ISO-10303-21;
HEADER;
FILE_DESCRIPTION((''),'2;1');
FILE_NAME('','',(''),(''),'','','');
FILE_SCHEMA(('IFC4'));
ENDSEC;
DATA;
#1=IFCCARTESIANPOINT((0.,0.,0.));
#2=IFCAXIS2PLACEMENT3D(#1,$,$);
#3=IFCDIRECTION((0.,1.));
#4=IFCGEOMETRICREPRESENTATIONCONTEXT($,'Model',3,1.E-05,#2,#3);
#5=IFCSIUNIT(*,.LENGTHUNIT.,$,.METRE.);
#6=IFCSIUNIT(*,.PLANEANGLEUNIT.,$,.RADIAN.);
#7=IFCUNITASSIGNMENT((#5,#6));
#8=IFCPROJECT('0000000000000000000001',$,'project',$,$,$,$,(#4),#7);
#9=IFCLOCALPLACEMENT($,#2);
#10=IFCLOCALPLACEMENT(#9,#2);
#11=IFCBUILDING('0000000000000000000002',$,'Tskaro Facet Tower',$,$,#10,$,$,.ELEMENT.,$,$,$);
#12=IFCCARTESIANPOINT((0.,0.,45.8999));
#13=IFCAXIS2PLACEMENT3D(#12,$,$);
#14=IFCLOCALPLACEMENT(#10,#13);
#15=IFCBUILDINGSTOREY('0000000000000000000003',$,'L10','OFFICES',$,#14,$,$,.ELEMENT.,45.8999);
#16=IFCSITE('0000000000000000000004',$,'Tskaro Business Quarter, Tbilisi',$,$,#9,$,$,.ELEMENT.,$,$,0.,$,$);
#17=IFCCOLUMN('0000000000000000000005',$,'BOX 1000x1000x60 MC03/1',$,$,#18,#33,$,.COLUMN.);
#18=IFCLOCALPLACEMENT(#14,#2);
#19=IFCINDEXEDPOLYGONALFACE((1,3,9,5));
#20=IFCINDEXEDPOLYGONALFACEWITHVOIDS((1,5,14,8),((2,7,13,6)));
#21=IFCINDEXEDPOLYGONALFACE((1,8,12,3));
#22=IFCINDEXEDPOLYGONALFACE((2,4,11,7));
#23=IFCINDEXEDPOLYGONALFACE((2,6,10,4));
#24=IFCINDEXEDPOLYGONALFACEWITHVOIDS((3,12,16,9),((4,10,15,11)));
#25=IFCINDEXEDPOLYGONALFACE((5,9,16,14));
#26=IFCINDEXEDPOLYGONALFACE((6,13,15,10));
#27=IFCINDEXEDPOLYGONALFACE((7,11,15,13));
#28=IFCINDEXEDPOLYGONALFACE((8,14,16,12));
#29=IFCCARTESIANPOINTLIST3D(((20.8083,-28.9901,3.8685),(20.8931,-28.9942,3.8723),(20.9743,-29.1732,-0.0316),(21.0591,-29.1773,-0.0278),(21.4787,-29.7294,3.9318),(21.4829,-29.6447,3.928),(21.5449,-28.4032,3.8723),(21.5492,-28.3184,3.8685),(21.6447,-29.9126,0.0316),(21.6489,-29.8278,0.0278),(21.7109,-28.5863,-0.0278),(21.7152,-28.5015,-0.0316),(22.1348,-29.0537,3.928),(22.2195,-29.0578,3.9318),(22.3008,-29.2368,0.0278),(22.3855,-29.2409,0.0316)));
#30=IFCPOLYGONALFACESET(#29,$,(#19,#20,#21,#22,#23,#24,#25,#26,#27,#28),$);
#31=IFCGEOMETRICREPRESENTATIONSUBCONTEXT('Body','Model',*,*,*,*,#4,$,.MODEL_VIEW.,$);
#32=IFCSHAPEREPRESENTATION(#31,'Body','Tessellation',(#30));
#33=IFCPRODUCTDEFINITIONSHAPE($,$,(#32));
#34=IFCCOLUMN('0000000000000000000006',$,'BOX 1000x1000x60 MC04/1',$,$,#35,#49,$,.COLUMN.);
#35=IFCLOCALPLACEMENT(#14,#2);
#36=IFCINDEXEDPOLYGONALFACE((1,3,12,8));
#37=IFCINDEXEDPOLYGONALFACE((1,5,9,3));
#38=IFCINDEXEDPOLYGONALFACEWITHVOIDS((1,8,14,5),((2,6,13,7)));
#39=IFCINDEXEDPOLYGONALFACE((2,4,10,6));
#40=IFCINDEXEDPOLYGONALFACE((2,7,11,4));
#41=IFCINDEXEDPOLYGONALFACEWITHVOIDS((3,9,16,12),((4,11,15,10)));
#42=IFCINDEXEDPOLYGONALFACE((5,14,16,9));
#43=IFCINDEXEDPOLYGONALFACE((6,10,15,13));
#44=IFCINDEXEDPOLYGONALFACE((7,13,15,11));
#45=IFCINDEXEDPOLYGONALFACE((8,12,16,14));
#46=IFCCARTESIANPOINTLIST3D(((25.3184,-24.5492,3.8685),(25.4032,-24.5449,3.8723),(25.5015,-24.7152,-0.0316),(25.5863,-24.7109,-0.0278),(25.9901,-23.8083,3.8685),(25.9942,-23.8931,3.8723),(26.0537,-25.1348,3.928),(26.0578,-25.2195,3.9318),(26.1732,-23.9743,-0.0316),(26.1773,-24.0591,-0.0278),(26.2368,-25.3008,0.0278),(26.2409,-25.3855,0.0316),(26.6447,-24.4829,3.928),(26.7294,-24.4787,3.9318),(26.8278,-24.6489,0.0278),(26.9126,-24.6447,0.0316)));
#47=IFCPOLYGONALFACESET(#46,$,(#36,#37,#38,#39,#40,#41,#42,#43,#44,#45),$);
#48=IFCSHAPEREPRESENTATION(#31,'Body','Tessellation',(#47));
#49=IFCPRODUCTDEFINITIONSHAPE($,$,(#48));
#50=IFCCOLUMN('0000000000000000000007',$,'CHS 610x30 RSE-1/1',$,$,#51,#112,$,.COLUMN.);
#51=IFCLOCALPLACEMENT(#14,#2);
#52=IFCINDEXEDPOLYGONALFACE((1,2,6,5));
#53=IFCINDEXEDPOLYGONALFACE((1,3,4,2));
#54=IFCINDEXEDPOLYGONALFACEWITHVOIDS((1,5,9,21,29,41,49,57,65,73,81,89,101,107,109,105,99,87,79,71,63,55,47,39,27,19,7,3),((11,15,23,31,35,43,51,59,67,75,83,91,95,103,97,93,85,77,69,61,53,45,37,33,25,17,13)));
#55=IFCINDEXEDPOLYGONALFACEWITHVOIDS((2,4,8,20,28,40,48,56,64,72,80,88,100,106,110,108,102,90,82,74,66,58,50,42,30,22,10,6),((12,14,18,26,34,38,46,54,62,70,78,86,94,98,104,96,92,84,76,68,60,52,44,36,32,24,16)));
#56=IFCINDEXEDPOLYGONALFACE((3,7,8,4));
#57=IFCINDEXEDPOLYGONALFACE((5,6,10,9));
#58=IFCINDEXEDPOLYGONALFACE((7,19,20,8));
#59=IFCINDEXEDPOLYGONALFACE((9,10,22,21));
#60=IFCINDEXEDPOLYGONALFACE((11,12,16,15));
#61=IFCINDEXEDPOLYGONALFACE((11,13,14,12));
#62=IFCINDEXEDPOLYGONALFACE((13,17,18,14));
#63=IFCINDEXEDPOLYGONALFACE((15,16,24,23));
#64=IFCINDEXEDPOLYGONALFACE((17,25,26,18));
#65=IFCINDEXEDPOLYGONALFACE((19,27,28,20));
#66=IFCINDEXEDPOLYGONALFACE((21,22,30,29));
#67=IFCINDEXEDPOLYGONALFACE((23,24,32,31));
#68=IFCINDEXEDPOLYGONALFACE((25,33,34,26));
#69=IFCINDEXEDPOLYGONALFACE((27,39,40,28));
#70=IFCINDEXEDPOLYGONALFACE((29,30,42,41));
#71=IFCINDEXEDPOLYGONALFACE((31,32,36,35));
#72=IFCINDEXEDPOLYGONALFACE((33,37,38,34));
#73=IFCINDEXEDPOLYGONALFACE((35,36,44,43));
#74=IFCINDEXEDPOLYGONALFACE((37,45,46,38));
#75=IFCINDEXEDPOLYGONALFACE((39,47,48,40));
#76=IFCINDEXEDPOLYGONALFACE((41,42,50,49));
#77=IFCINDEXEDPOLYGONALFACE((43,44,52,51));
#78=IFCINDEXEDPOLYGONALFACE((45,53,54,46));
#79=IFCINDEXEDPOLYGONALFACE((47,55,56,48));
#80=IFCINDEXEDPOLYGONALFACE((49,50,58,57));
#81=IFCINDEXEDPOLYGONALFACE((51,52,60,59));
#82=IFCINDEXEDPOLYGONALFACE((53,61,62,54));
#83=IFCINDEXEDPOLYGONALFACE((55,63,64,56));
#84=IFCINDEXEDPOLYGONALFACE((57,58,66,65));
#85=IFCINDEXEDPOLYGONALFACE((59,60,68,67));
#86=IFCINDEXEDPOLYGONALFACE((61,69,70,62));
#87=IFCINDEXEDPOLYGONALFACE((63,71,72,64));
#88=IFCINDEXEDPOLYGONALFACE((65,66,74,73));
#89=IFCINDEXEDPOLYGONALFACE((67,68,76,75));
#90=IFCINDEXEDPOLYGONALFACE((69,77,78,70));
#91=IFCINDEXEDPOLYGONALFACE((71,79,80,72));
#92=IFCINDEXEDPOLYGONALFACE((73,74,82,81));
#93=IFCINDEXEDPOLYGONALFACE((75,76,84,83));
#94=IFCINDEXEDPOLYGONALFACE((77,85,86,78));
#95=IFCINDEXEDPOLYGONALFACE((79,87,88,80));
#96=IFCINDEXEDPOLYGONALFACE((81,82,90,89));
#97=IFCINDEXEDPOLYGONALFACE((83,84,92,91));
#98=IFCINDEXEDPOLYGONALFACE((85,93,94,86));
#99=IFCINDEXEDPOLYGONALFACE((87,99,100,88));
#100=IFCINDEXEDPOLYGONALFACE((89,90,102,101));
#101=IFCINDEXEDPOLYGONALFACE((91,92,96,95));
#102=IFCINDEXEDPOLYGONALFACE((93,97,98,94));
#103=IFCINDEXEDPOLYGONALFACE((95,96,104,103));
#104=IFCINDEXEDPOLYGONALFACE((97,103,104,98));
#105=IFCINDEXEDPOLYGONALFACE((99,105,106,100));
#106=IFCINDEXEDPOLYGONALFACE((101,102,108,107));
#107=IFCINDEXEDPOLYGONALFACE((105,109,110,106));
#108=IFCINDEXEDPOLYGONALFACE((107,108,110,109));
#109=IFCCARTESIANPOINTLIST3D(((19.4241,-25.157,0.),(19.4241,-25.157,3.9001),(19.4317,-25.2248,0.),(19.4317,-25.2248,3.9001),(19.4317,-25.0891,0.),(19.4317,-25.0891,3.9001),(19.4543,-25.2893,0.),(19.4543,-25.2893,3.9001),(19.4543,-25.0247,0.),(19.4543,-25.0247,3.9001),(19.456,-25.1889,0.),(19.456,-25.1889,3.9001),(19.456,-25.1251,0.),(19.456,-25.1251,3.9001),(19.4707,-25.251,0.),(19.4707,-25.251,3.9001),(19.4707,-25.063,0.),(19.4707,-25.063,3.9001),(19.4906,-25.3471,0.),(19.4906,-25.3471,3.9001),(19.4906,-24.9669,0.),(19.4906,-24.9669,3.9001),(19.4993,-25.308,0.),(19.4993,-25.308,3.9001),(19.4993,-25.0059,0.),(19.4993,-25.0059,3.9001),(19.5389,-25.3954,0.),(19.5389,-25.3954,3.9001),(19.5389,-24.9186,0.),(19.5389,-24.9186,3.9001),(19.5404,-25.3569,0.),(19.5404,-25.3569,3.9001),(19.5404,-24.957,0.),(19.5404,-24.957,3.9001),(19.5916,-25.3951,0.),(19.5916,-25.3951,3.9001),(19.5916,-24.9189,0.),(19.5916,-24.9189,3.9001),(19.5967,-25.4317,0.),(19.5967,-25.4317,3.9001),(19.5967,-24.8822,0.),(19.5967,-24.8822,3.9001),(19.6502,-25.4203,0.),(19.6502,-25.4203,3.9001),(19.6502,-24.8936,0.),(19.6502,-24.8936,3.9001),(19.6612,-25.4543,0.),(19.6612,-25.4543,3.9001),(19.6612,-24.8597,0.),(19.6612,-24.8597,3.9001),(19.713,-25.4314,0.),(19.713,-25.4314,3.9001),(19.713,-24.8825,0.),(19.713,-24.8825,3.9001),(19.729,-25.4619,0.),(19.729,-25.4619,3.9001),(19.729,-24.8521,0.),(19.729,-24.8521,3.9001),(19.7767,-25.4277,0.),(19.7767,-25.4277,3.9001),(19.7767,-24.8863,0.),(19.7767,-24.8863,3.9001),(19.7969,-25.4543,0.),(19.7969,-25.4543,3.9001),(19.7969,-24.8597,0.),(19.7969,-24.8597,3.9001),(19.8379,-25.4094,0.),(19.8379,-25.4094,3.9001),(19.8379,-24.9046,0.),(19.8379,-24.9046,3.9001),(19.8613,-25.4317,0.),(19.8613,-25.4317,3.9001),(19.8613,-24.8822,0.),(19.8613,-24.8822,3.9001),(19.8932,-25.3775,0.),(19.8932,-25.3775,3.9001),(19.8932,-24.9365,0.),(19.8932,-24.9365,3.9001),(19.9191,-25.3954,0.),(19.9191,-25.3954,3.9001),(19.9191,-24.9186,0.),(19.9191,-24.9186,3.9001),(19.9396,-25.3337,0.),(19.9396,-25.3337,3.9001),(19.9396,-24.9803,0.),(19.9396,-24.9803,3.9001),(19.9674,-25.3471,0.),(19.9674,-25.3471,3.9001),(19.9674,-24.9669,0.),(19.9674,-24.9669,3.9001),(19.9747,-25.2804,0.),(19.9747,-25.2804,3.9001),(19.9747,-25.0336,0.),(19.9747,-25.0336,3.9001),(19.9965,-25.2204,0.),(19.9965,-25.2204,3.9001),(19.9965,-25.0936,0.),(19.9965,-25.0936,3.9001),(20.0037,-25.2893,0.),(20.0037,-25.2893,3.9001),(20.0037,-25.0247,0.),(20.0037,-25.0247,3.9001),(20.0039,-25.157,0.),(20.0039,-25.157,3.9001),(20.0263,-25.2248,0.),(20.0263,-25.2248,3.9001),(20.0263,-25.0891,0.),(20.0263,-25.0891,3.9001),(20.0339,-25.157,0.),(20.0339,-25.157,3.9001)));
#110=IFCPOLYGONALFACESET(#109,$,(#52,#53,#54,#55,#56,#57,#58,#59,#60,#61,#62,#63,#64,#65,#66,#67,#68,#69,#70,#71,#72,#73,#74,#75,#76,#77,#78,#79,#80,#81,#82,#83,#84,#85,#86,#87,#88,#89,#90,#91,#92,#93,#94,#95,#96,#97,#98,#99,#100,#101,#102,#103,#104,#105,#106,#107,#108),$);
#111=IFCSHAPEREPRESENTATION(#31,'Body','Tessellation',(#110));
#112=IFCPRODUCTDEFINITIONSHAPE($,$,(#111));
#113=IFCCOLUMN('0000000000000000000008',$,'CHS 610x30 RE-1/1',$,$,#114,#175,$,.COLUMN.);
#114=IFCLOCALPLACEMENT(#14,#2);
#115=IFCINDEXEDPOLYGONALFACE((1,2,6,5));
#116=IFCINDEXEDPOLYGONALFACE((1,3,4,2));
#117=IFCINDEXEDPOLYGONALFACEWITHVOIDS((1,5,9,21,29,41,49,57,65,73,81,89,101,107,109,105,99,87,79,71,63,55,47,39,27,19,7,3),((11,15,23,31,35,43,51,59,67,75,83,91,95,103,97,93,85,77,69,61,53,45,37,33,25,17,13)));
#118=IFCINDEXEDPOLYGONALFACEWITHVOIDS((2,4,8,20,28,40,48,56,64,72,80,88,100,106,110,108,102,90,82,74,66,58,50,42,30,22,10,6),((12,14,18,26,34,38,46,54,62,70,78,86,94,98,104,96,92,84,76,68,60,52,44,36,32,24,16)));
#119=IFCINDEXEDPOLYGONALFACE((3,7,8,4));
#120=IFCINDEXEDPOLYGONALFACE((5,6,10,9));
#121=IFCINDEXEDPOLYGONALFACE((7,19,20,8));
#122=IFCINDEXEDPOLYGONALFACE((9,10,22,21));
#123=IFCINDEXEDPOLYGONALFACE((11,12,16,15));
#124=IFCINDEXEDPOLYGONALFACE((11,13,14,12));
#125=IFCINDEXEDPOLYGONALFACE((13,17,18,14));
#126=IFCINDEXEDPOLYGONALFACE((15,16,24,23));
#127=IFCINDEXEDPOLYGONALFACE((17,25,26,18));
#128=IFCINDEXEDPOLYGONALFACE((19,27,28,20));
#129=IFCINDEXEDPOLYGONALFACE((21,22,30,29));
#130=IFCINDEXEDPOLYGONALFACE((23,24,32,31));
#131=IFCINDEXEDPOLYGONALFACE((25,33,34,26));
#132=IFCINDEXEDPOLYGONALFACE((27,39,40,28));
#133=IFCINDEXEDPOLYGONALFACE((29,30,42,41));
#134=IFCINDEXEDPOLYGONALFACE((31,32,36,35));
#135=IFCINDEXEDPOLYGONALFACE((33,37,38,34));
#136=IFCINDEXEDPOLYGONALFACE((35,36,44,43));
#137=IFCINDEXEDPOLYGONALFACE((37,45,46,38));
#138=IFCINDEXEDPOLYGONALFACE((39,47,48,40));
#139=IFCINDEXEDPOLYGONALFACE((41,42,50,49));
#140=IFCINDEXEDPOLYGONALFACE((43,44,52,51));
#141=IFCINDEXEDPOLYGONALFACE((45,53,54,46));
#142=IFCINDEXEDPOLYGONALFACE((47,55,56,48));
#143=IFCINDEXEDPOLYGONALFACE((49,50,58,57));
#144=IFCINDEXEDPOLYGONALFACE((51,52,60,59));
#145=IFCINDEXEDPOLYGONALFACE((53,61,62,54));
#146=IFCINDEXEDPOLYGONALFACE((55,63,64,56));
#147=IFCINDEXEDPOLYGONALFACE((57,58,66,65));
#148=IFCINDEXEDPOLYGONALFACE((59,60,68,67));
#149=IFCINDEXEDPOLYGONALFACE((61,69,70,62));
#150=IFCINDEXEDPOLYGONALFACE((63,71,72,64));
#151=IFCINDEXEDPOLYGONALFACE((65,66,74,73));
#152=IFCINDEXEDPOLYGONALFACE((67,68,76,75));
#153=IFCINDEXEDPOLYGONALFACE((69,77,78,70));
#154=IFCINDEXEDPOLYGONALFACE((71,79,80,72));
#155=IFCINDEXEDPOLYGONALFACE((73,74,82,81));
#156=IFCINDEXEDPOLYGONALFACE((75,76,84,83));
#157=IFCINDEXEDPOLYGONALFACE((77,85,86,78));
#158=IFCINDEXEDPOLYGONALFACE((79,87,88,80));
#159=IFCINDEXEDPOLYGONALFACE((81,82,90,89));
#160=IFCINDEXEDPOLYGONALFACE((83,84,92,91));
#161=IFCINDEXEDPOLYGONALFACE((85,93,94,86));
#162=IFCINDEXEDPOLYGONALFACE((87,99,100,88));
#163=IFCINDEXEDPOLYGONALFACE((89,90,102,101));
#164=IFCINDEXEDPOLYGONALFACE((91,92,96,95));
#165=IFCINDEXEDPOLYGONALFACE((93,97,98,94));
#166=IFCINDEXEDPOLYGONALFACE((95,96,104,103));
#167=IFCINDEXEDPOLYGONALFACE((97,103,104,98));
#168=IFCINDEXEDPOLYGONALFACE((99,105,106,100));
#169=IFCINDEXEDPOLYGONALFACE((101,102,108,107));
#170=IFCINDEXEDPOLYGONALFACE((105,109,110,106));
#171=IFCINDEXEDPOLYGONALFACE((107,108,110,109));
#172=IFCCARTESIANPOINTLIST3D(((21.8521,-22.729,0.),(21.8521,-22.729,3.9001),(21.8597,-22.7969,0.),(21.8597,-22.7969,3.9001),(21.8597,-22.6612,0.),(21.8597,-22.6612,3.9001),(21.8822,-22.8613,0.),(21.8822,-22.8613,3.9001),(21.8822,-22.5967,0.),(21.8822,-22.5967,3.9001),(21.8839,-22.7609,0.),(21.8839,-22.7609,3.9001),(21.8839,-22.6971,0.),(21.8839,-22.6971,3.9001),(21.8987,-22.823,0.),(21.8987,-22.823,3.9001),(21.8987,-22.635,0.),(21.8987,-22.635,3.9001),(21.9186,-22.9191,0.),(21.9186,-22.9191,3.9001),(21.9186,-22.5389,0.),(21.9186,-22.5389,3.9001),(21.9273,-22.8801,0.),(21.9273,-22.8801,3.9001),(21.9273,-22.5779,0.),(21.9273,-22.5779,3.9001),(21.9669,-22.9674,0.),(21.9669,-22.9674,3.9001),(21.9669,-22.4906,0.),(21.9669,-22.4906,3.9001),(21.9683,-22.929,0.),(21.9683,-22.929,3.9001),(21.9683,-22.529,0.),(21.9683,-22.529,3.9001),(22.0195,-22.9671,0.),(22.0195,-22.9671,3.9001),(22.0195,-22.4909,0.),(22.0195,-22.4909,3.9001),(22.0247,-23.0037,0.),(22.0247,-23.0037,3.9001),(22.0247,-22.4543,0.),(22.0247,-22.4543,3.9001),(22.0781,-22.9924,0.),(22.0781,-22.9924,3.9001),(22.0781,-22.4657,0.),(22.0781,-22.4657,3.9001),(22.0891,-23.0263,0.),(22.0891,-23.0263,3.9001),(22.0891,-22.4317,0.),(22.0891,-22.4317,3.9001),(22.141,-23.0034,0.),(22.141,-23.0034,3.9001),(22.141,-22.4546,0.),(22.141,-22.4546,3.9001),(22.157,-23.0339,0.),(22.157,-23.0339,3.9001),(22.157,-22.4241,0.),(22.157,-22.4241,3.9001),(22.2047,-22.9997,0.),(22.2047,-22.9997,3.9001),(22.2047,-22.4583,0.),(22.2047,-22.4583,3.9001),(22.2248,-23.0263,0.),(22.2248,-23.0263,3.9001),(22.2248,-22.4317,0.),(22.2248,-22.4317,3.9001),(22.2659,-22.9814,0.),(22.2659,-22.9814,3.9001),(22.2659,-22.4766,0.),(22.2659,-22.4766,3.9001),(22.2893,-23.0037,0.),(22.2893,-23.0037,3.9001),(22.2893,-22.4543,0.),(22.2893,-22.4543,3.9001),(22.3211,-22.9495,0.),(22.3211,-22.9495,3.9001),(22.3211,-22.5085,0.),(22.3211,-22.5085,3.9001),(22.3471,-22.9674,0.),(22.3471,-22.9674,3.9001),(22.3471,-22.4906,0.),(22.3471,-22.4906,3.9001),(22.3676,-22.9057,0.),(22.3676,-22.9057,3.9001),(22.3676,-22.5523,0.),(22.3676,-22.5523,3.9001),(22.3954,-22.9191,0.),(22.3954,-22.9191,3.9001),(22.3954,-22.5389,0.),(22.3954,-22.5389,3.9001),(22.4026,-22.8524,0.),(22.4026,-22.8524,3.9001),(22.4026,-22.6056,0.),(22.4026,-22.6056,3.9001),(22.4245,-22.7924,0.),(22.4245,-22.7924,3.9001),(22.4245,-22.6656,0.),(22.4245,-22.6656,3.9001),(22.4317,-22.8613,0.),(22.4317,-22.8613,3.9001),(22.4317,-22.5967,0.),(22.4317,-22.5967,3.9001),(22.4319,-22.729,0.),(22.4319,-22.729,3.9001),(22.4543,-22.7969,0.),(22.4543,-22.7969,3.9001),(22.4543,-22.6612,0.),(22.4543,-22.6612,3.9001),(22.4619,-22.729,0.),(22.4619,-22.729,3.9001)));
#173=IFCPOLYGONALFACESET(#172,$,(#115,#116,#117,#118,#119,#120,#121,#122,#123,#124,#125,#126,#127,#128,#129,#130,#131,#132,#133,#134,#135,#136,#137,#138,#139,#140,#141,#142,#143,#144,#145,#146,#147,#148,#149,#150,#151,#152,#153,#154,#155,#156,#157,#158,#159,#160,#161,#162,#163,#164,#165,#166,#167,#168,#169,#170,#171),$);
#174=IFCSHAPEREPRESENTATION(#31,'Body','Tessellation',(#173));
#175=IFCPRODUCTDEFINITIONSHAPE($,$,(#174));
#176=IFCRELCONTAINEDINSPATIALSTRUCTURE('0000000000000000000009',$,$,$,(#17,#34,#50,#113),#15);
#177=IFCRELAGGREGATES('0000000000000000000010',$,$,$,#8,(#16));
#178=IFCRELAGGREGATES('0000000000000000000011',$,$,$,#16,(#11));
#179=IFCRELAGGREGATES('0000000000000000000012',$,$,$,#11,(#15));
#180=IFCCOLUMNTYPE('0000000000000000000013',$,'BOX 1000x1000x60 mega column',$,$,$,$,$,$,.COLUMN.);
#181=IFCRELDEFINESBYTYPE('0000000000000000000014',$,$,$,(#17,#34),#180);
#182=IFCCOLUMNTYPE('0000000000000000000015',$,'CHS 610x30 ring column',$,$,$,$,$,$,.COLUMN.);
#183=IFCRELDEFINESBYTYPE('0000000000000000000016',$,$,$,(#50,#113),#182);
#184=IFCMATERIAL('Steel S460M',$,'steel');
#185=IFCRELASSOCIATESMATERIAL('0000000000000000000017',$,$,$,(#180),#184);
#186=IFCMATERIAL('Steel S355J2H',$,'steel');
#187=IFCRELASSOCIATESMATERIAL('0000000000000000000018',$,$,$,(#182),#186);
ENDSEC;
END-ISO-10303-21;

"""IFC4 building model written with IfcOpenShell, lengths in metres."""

from ifc_helpers import new_model, si_unit, direction, frame, origin, origin_2d, place, context, subcontext, project, spatial, hollow_rectangle, hollow_circle, extrude, material, material_profile, profile_set, type_object, element, save


model = new_model("IFC4")

# Units and contexts
model_context = context("Model", 3, precision=1e-05, world=origin(), true_north=direction((0.0, 1.0)))
body_context = subcontext(model_context, "Body", "Model", "MODEL_VIEW")
ifc_project = project(units=[si_unit("LENGTHUNIT", "METRE"), si_unit("PLANEANGLEUNIT", "RADIAN")], contexts=[model_context])

# Site, building, storey
site_placement = place(None, origin())
site = spatial("IfcSite", under=ifc_project, at=site_placement, Name="Tskaro Business Quarter, Tbilisi", CompositionType="ELEMENT", RefElevation=0.0)
building_placement = place(site_placement, origin())
building = spatial("IfcBuilding", under=site, at=building_placement, Name="Tskaro Facet Tower", CompositionType="ELEMENT")
storey_placement = place(building_placement, frame((0.0, 0.0, 45.8999)))
storey = spatial("IfcBuildingStorey", under=building, at=storey_placement, Name="L10", Description="OFFICES", CompositionType="ELEMENT", Elevation=45.8999)

# Columns
ifc_material_1 = material(Name="Steel S460M", Category="steel")
ifc_material_profile_1 = material_profile(ifc_material_1, hollow_rectangle(XDim=1.0, YDim=1.0, WallThickness=0.0601, at=origin_2d()), Name="BOX 1000x1000x60")
ifc_profile_set_1 = profile_set([ifc_material_profile_1], Name="Steel S460M")
column_type_1 = type_object("IfcColumnType", Name="BOX 1000x1000x60 mega column", PredefinedType="COLUMN", material=ifc_profile_set_1)
for number, where, z_axis, x_axis, name in (
    (1, (21.6799, -29.207, 0.0), (-0.042481, 0.046854, 0.997998), (-0.740833, -0.671689, 0.0), "BOX 1000x1000x60 MC03/1"),
    (2, (26.207, -24.6799, 0.0), (-0.046854, 0.042481, 0.997998), (-0.671689, -0.740833, 0.0), "BOX 1000x1000x60 MC04/1"),
):
    element("IfcColumn", number, at=place(storey_placement, frame(where, z_axis=z_axis, x_axis=x_axis)), inside=storey, type_object=column_type_1, Name=name, PredefinedType="COLUMN", context=body_context, shape_type="SweptSolid", body=[
        extrude(hollow_rectangle(XDim=1.0, YDim=1.0, WallThickness=0.0601, at=origin_2d()), origin(), (0.0, 0.0, 1.0), 3.908),
    ])
ifc_material_2 = material(Name="Steel S355J2H", Category="steel")
ifc_material_profile_2 = material_profile(ifc_material_2, hollow_circle(Radius=0.3049, WallThickness=0.03, at=origin_2d()), Name="CHS 610x30")
ifc_profile_set_2 = profile_set([ifc_material_profile_2], Name="Steel S355J2H")
column_type_2 = type_object("IfcColumnType", Name="CHS 610x30 ring column", PredefinedType="COLUMN", material=ifc_profile_set_2)
for number, where, z_axis, x_axis, name in (
    (3, (19.729, -25.157, 0.0), (0.0, 0.0, 1.0), (1.0, 0.0, 0.0), "CHS 610x30 RSE-1/1"),
    (4, (22.157, -22.729, 0.0), (0.0, 0.0, 1.0), (1.0, 0.0, 0.0), "CHS 610x30 RE-1/1"),
):
    element("IfcColumn", number, at=place(storey_placement, frame(where, z_axis=z_axis, x_axis=x_axis)), inside=storey, type_object=column_type_2, Name=name, PredefinedType="COLUMN", context=body_context, shape_type="SweptSolid", body=[
        extrude(hollow_circle(Radius=0.3049, WallThickness=0.03, at=origin_2d()), origin(), (0.0, 0.0, 1.0), 3.9001),
    ])

save(model, "model.ifc")
